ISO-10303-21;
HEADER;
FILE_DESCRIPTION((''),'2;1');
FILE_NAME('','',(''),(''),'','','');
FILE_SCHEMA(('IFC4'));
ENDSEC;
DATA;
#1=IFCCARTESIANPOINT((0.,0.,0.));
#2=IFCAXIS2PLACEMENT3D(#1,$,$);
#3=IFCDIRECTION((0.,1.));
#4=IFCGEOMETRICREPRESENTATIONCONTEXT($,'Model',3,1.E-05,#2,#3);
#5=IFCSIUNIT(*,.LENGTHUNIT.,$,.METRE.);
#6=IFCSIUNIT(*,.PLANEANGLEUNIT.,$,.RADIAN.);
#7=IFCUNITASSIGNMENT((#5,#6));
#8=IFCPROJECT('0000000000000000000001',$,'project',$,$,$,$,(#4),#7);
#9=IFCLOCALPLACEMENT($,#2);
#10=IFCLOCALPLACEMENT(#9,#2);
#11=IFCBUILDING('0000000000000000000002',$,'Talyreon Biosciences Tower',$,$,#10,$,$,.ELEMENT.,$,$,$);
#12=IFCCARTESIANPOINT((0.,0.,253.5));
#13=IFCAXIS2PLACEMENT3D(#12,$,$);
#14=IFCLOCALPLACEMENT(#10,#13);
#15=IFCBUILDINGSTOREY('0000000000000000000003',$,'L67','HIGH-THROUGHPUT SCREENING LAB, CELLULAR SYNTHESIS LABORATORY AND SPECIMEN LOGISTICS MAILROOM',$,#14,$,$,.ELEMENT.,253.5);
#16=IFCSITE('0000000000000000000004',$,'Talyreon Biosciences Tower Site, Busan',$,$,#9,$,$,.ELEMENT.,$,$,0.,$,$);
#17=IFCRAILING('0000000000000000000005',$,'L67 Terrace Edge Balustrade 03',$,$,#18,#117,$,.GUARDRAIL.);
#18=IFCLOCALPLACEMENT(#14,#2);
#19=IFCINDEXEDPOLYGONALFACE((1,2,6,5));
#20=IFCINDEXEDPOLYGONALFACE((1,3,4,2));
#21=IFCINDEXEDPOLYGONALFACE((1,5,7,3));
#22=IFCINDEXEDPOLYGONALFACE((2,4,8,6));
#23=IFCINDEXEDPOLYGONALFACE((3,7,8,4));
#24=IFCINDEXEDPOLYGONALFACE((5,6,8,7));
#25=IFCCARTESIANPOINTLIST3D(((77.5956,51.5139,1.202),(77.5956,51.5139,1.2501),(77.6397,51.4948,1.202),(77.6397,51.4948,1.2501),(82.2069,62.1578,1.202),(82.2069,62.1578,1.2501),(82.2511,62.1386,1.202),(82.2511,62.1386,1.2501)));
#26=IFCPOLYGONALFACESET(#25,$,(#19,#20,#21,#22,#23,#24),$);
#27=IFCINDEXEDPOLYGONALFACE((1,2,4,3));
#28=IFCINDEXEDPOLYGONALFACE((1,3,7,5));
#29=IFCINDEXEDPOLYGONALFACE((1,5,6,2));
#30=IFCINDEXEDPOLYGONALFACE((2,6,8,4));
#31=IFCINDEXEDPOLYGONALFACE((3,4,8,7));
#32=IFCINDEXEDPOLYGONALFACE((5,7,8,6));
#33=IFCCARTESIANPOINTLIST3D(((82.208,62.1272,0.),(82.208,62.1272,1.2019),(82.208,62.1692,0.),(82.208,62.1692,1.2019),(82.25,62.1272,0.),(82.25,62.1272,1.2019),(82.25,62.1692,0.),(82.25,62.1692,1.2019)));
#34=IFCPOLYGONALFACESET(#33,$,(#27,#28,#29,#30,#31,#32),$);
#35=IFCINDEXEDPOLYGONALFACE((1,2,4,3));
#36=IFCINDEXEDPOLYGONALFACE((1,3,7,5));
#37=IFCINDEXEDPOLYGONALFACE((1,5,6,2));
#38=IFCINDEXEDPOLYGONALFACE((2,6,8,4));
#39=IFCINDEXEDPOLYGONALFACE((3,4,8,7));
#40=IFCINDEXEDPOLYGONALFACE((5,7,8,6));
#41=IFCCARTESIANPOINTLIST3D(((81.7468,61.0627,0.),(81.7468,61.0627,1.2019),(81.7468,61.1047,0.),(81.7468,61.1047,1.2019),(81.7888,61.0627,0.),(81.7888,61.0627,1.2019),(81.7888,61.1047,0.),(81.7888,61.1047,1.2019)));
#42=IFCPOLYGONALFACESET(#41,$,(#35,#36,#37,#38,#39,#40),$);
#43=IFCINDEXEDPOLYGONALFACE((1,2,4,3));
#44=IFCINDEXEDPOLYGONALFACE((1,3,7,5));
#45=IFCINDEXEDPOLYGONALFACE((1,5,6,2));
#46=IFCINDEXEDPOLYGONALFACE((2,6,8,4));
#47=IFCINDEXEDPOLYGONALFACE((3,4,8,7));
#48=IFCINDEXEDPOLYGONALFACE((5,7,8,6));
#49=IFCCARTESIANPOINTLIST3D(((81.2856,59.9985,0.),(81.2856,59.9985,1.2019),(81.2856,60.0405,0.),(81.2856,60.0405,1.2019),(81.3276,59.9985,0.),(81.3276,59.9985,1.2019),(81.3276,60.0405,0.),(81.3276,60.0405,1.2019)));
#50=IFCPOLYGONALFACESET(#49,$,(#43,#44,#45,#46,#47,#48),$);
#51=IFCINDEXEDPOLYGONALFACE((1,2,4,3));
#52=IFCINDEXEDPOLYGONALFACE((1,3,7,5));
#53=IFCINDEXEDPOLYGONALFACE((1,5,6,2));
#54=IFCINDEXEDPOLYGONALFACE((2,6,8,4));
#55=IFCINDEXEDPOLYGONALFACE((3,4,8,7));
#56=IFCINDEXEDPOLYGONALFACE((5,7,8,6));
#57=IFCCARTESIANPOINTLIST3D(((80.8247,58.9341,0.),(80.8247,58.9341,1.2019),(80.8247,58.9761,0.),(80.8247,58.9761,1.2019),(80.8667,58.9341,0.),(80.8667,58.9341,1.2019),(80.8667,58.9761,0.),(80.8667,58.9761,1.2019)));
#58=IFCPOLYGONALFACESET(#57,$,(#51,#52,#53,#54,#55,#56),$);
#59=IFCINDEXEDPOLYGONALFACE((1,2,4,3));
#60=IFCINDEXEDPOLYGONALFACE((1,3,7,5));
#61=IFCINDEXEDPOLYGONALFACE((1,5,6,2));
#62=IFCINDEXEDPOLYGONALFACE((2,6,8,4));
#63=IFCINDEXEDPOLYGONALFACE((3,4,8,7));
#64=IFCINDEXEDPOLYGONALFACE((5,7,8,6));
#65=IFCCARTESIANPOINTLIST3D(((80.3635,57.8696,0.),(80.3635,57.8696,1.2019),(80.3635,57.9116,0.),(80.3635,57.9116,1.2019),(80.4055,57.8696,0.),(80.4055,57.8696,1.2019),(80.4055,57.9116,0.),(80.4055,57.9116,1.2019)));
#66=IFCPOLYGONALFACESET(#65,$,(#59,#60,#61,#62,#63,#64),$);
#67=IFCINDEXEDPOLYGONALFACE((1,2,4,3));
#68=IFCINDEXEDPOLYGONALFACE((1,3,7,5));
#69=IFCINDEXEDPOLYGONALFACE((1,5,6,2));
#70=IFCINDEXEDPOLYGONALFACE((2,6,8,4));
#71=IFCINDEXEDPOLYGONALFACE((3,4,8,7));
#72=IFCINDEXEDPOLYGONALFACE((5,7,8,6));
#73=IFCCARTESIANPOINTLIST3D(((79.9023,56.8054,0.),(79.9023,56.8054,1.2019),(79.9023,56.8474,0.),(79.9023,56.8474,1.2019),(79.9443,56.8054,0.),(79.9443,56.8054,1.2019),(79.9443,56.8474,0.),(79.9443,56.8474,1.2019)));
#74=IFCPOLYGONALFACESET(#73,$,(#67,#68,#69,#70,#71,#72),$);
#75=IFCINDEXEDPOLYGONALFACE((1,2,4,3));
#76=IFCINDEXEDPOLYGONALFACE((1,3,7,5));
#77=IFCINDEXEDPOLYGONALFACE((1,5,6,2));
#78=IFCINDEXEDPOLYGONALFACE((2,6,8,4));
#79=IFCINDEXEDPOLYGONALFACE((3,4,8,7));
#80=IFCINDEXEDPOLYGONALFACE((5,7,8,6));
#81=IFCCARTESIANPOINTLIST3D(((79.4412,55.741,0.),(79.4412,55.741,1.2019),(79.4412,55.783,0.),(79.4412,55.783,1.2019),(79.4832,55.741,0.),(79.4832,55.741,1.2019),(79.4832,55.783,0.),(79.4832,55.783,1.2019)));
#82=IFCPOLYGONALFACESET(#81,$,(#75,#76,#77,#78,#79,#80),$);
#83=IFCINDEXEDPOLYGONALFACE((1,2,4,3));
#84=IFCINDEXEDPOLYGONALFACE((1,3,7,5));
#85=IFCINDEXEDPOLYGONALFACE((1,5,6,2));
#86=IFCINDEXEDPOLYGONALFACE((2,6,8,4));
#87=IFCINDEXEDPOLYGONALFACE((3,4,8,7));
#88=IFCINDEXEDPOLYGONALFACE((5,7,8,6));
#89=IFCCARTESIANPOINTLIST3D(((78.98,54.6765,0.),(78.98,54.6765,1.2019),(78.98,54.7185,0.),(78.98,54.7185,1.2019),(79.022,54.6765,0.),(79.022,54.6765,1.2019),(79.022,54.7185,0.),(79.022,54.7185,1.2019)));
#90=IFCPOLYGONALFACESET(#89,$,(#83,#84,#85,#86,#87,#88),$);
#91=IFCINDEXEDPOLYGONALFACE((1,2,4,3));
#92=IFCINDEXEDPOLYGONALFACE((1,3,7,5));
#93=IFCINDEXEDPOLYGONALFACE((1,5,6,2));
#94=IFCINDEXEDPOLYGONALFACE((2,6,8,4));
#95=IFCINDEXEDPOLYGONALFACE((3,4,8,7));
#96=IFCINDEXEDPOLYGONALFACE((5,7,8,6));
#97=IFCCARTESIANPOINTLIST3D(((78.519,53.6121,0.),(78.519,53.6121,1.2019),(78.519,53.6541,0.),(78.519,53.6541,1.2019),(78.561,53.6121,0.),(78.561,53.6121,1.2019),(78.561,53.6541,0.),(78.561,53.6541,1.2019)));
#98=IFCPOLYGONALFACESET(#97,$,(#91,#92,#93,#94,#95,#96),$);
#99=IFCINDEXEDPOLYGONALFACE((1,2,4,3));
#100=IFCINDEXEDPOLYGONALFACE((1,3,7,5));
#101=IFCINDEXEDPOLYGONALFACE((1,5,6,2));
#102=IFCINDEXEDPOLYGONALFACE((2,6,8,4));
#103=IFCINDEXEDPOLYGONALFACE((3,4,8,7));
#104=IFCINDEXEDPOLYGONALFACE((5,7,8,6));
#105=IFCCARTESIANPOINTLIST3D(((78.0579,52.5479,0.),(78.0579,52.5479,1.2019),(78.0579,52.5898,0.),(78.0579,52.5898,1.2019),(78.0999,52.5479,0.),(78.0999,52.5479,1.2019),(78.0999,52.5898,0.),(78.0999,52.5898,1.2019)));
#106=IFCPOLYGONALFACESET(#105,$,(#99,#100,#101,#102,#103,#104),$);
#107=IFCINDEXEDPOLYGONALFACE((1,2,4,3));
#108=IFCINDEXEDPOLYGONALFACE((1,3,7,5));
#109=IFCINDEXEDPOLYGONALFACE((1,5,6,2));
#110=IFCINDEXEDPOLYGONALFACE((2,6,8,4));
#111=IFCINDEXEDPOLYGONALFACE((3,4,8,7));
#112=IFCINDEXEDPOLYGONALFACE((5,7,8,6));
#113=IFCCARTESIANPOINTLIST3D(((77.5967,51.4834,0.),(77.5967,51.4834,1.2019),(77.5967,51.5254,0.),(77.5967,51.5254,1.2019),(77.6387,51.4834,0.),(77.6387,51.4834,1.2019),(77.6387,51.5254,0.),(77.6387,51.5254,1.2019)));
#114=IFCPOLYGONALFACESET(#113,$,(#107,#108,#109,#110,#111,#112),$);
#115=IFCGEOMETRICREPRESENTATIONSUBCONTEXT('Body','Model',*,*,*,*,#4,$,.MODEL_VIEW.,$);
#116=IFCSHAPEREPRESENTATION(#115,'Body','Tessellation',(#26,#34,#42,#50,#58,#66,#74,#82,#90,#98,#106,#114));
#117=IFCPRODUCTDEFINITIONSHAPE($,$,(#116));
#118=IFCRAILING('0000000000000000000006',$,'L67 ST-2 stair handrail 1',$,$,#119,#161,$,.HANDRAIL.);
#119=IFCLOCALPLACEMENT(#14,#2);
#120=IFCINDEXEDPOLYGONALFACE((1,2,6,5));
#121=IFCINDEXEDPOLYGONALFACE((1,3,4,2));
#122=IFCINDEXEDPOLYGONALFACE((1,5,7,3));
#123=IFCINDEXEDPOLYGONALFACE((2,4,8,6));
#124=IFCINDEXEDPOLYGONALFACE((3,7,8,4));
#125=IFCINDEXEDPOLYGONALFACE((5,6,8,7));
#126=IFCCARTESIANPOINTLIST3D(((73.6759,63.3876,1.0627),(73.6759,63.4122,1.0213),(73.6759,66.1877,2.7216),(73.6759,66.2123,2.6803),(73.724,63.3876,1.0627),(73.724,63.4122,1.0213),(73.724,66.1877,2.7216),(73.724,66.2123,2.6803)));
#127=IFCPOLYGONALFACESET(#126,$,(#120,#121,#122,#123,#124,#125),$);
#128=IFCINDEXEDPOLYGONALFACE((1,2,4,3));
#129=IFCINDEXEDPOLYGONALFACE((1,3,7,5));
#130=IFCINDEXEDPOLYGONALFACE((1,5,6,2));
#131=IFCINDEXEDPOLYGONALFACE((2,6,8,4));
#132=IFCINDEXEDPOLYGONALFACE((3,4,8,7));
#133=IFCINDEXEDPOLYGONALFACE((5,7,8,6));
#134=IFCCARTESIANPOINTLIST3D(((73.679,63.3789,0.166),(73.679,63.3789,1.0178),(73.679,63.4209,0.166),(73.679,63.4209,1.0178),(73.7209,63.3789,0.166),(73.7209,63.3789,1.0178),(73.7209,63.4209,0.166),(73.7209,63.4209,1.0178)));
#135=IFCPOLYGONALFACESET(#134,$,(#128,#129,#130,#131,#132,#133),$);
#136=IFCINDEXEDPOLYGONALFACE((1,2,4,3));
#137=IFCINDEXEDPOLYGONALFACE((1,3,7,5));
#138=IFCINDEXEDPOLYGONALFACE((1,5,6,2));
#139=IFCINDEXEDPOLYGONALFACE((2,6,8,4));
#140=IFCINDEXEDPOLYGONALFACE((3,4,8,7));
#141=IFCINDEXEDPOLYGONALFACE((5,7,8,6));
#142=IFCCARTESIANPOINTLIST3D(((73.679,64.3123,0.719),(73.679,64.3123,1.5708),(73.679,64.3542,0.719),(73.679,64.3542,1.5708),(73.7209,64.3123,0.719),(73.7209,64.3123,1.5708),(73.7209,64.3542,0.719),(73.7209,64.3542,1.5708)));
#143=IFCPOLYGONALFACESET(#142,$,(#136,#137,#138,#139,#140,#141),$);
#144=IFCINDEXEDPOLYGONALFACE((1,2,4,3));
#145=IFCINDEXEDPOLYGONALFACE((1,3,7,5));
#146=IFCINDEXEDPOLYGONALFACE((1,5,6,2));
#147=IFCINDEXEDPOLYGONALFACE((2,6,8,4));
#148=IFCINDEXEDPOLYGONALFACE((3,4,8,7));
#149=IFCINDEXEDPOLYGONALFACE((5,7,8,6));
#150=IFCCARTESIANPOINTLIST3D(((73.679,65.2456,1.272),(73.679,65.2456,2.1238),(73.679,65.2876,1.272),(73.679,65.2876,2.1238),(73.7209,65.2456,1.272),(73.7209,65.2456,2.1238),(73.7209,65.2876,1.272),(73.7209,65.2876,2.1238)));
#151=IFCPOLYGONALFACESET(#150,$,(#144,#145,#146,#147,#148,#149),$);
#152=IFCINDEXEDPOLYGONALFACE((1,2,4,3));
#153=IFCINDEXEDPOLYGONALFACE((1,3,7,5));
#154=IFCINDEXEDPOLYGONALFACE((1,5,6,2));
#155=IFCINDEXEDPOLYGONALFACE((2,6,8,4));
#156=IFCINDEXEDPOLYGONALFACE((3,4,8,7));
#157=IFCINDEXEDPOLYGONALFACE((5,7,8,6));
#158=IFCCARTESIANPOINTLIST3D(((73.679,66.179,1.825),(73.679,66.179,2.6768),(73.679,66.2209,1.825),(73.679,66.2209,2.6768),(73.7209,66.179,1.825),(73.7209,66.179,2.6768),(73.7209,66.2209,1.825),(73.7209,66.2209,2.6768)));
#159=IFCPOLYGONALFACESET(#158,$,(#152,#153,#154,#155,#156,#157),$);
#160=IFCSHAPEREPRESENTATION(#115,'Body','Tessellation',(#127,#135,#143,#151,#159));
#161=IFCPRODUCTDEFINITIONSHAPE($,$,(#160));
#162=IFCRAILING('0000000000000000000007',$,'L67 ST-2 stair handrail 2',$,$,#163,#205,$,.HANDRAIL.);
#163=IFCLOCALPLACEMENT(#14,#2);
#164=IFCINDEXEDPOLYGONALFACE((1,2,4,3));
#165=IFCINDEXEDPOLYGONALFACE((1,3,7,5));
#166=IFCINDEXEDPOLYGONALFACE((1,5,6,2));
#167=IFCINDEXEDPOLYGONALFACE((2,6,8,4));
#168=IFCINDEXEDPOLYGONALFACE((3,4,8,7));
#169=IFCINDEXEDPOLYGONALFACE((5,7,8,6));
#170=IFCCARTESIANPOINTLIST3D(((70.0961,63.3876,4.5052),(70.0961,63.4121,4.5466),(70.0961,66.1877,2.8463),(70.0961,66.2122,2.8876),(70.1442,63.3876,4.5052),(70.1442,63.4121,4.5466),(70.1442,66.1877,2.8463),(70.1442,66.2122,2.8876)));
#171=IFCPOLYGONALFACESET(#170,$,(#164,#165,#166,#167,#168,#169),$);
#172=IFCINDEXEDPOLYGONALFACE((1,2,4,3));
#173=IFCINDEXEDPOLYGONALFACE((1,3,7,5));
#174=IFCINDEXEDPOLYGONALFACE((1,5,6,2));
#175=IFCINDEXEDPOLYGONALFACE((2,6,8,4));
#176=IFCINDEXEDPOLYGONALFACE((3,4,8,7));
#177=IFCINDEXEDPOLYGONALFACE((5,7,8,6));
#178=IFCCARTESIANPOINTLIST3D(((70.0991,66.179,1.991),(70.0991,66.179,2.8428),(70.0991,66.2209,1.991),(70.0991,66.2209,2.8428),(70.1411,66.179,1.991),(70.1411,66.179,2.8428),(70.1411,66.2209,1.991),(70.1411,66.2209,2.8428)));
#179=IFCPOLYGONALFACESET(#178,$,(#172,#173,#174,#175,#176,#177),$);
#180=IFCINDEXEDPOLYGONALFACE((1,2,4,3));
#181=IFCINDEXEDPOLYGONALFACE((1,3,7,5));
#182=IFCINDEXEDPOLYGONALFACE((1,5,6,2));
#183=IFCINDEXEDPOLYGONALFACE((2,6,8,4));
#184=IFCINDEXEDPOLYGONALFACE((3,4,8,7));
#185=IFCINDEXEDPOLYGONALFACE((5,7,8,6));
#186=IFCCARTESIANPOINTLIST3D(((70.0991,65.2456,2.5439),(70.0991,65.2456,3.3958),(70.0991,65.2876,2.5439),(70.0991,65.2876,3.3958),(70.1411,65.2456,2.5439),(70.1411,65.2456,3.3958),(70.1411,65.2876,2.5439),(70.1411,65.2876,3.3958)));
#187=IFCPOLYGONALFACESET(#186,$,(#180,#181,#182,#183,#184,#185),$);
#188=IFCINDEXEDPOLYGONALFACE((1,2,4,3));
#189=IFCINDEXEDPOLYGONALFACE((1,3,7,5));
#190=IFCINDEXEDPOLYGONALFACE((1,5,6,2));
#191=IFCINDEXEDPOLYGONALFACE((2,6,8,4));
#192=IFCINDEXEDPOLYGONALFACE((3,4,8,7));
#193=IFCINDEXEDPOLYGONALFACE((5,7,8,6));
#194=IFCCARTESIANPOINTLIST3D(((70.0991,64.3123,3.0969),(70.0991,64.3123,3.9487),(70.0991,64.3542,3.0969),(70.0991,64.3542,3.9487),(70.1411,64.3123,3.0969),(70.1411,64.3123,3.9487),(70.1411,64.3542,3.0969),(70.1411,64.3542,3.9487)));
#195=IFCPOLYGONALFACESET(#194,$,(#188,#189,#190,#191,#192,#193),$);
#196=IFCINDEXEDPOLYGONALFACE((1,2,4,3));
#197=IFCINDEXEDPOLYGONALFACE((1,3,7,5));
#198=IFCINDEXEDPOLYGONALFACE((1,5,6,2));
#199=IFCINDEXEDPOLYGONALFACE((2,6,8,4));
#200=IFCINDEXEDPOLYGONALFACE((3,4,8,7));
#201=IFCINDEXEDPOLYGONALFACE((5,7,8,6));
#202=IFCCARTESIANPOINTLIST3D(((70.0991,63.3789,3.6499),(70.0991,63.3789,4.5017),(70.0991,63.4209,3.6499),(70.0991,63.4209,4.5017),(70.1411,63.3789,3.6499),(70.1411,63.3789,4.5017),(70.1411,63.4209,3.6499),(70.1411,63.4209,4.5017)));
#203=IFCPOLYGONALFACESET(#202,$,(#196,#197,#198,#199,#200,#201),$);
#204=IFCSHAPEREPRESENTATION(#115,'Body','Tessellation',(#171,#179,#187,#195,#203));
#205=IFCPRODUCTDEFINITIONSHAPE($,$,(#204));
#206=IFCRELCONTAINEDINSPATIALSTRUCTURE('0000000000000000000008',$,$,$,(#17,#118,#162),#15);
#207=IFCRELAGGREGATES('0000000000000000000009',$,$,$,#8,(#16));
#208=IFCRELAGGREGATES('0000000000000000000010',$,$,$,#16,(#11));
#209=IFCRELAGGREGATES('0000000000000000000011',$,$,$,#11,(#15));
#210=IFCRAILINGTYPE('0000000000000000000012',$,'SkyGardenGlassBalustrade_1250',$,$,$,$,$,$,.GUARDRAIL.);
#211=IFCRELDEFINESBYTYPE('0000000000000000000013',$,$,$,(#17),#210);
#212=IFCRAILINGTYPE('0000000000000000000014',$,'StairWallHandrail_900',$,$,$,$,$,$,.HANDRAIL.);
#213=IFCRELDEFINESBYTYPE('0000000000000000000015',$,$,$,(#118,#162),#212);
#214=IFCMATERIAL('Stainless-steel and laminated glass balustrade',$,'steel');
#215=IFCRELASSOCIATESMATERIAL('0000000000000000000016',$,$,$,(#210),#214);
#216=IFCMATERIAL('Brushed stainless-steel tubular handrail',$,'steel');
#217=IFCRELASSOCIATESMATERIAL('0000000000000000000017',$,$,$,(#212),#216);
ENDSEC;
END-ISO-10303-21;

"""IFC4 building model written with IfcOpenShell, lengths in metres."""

from ifc_helpers import new_model, si_unit, direction, frame, origin, origin_2d, place, context, subcontext, project, spatial, rectangle, extrude, material, type_object, element, save


model = new_model("IFC4")

# Units and contexts
model_context = context("Model", 3, precision=1e-05, world=origin(), true_north=direction((0.0, 1.0)))
body_context = subcontext(model_context, "Body", "Model", "MODEL_VIEW")
ifc_project = project(units=[si_unit("LENGTHUNIT", "METRE"), si_unit("PLANEANGLEUNIT", "RADIAN")], contexts=[model_context])

# Site, building, storey
site_placement = place(None, origin())
site = spatial("IfcSite", under=ifc_project, at=site_placement, Name="Talyreon Biosciences Tower Site, Busan", CompositionType="ELEMENT", RefElevation=0.0)
building_placement = place(site_placement, origin())
building = spatial("IfcBuilding", under=site, at=building_placement, Name="Talyreon Biosciences Tower", CompositionType="ELEMENT")
storey_placement = place(building_placement, frame((0.0, 0.0, 253.5)))
storey = spatial("IfcBuildingStorey", under=building, at=storey_placement, Name="L67", Description="HIGH-THROUGHPUT SCREENING LAB, CELLULAR SYNTHESIS LABORATORY AND SPECIMEN LOGISTICS MAILROOM", CompositionType="ELEMENT", Elevation=253.5)

# Railings
ifc_material_1 = material(Name="Stainless-steel and laminated glass balustrade", Category="steel")
railing_type_1 = type_object("IfcRailingType", Name="SkyGardenGlassBalustrade_1250", PredefinedType="GUARDRAIL", material=ifc_material_1)
railing_1_placement = place(storey_placement, frame((82.229, 62.1482, 0.0)))
element("IfcRailing", 1, at=railing_1_placement, inside=storey, type_object=railing_type_1, Name="L67 Terrace Edge Balustrade 03", PredefinedType="GUARDRAIL", context=body_context, shape_type="SweptSolid", body=[
    extrude(rectangle(XDim=0.0481, YDim=0.0481, at=origin_2d()), frame((0.0, 0.0, 1.2261), z_axis=(-0.397536, -0.917587, 0.0), x_axis=(0.917587, -0.397536, 0.0)), (0.0, 0.0, 1.0), 11.5999),
    extrude(rectangle(XDim=0.042, YDim=0.042, at=origin_2d()), origin(), (0.0, 0.0, 1.0), 1.2019),
    extrude(rectangle(XDim=0.042, YDim=0.042, at=origin_2d()), frame((-0.4612, -1.0645, 0.0)), (0.0, 0.0, 1.0), 1.2019),
    extrude(rectangle(XDim=0.042, YDim=0.042, at=origin_2d()), frame((-0.9224, -2.1287, 0.0)), (0.0, 0.0, 1.0), 1.2019),
    extrude(rectangle(XDim=0.042, YDim=0.042, at=origin_2d()), frame((-1.3833, -3.1931, 0.0)), (0.0, 0.0, 1.0), 1.2019),
    extrude(rectangle(XDim=0.042, YDim=0.042, at=origin_2d()), frame((-1.8445, -4.2576, 0.0)), (0.0, 0.0, 1.0), 1.2019),
    extrude(rectangle(XDim=0.042, YDim=0.042, at=origin_2d()), frame((-2.3057, -5.3218, 0.0)), (0.0, 0.0, 1.0), 1.2019),
    extrude(rectangle(XDim=0.042, YDim=0.042, at=origin_2d()), frame((-2.7668, -6.3862, 0.0)), (0.0, 0.0, 1.0), 1.2019),
    extrude(rectangle(XDim=0.042, YDim=0.042, at=origin_2d()), frame((-3.228, -7.4507, 0.0)), (0.0, 0.0, 1.0), 1.2019),
    extrude(rectangle(XDim=0.042, YDim=0.042, at=origin_2d()), frame((-3.689, -8.5151, 0.0)), (0.0, 0.0, 1.0), 1.2019),
    extrude(rectangle(XDim=0.042, YDim=0.042, at=origin_2d()), frame((-4.1501, -9.5793, 0.0)), (0.0, 0.0, 1.0), 1.2019),
    extrude(rectangle(XDim=0.042, YDim=0.042, at=origin_2d()), frame((-4.6113, -10.6438, 0.0)), (0.0, 0.0, 1.0), 1.2019),
])
ifc_material_2 = material(Name="Brushed stainless-steel tubular handrail", Category="steel")
railing_type_2 = type_object("IfcRailingType", Name="StairWallHandrail_900", PredefinedType="HANDRAIL", material=ifc_material_2)
railing_2_placement = place(storey_placement, frame((73.7, 63.3999, 0.166)))
element("IfcRailing", 2, at=railing_2_placement, inside=storey, type_object=railing_type_2, Name="L67 ST-2 stair handrail 1", PredefinedType="HANDRAIL", context=body_context, shape_type="SweptSolid", body=[
    extrude(rectangle(XDim=0.0481, YDim=0.0481, at=origin_2d()), frame((0.0, 0.0, 0.876), z_axis=(0.0, 0.860339, 0.509722), x_axis=(-1.0, 0.0, 0.0)), (0.0, 0.0, 1.0), 3.2546),
    extrude(rectangle(XDim=0.042, YDim=0.042, at=origin_2d()), origin(), (0.0, 0.0, 1.0), 0.8518),
    extrude(rectangle(XDim=0.042, YDim=0.042, at=origin_2d()), frame((0.0, 0.9333, 0.553)), (0.0, 0.0, 1.0), 0.8518),
    extrude(rectangle(XDim=0.042, YDim=0.042, at=origin_2d()), frame((0.0, 1.8667, 1.106)), (0.0, 0.0, 1.0), 0.8518),
    extrude(rectangle(XDim=0.042, YDim=0.042, at=origin_2d()), frame((0.0, 2.8, 1.6589)), (0.0, 0.0, 1.0), 0.8518),
])
railing_3_placement = place(storey_placement, frame((70.1201, 66.2, 1.991)))
element("IfcRailing", 3, at=railing_3_placement, inside=storey, type_object=railing_type_2, Name="L67 ST-2 stair handrail 2", PredefinedType="HANDRAIL", context=body_context, shape_type="SweptSolid", body=[
    extrude(rectangle(XDim=0.0481, YDim=0.0481, at=origin_2d()), frame((0.0, 0.0, 0.876), z_axis=(0.0, -0.860339, 0.509722), x_axis=(1.0, 0.0, 0.0)), (0.0, 0.0, 1.0), 3.2546),
    extrude(rectangle(XDim=0.042, YDim=0.042, at=origin_2d()), origin(), (0.0, 0.0, 1.0), 0.8518),
    extrude(rectangle(XDim=0.042, YDim=0.042, at=origin_2d()), frame((0.0, -0.9333, 0.553)), (0.0, 0.0, 1.0), 0.8518),
    extrude(rectangle(XDim=0.042, YDim=0.042, at=origin_2d()), frame((0.0, -1.8667, 1.106)), (0.0, 0.0, 1.0), 0.8518),
    extrude(rectangle(XDim=0.042, YDim=0.042, at=origin_2d()), frame((0.0, -2.8, 1.6589)), (0.0, 0.0, 1.0), 0.8518),
])

save(model, "model.ifc")
